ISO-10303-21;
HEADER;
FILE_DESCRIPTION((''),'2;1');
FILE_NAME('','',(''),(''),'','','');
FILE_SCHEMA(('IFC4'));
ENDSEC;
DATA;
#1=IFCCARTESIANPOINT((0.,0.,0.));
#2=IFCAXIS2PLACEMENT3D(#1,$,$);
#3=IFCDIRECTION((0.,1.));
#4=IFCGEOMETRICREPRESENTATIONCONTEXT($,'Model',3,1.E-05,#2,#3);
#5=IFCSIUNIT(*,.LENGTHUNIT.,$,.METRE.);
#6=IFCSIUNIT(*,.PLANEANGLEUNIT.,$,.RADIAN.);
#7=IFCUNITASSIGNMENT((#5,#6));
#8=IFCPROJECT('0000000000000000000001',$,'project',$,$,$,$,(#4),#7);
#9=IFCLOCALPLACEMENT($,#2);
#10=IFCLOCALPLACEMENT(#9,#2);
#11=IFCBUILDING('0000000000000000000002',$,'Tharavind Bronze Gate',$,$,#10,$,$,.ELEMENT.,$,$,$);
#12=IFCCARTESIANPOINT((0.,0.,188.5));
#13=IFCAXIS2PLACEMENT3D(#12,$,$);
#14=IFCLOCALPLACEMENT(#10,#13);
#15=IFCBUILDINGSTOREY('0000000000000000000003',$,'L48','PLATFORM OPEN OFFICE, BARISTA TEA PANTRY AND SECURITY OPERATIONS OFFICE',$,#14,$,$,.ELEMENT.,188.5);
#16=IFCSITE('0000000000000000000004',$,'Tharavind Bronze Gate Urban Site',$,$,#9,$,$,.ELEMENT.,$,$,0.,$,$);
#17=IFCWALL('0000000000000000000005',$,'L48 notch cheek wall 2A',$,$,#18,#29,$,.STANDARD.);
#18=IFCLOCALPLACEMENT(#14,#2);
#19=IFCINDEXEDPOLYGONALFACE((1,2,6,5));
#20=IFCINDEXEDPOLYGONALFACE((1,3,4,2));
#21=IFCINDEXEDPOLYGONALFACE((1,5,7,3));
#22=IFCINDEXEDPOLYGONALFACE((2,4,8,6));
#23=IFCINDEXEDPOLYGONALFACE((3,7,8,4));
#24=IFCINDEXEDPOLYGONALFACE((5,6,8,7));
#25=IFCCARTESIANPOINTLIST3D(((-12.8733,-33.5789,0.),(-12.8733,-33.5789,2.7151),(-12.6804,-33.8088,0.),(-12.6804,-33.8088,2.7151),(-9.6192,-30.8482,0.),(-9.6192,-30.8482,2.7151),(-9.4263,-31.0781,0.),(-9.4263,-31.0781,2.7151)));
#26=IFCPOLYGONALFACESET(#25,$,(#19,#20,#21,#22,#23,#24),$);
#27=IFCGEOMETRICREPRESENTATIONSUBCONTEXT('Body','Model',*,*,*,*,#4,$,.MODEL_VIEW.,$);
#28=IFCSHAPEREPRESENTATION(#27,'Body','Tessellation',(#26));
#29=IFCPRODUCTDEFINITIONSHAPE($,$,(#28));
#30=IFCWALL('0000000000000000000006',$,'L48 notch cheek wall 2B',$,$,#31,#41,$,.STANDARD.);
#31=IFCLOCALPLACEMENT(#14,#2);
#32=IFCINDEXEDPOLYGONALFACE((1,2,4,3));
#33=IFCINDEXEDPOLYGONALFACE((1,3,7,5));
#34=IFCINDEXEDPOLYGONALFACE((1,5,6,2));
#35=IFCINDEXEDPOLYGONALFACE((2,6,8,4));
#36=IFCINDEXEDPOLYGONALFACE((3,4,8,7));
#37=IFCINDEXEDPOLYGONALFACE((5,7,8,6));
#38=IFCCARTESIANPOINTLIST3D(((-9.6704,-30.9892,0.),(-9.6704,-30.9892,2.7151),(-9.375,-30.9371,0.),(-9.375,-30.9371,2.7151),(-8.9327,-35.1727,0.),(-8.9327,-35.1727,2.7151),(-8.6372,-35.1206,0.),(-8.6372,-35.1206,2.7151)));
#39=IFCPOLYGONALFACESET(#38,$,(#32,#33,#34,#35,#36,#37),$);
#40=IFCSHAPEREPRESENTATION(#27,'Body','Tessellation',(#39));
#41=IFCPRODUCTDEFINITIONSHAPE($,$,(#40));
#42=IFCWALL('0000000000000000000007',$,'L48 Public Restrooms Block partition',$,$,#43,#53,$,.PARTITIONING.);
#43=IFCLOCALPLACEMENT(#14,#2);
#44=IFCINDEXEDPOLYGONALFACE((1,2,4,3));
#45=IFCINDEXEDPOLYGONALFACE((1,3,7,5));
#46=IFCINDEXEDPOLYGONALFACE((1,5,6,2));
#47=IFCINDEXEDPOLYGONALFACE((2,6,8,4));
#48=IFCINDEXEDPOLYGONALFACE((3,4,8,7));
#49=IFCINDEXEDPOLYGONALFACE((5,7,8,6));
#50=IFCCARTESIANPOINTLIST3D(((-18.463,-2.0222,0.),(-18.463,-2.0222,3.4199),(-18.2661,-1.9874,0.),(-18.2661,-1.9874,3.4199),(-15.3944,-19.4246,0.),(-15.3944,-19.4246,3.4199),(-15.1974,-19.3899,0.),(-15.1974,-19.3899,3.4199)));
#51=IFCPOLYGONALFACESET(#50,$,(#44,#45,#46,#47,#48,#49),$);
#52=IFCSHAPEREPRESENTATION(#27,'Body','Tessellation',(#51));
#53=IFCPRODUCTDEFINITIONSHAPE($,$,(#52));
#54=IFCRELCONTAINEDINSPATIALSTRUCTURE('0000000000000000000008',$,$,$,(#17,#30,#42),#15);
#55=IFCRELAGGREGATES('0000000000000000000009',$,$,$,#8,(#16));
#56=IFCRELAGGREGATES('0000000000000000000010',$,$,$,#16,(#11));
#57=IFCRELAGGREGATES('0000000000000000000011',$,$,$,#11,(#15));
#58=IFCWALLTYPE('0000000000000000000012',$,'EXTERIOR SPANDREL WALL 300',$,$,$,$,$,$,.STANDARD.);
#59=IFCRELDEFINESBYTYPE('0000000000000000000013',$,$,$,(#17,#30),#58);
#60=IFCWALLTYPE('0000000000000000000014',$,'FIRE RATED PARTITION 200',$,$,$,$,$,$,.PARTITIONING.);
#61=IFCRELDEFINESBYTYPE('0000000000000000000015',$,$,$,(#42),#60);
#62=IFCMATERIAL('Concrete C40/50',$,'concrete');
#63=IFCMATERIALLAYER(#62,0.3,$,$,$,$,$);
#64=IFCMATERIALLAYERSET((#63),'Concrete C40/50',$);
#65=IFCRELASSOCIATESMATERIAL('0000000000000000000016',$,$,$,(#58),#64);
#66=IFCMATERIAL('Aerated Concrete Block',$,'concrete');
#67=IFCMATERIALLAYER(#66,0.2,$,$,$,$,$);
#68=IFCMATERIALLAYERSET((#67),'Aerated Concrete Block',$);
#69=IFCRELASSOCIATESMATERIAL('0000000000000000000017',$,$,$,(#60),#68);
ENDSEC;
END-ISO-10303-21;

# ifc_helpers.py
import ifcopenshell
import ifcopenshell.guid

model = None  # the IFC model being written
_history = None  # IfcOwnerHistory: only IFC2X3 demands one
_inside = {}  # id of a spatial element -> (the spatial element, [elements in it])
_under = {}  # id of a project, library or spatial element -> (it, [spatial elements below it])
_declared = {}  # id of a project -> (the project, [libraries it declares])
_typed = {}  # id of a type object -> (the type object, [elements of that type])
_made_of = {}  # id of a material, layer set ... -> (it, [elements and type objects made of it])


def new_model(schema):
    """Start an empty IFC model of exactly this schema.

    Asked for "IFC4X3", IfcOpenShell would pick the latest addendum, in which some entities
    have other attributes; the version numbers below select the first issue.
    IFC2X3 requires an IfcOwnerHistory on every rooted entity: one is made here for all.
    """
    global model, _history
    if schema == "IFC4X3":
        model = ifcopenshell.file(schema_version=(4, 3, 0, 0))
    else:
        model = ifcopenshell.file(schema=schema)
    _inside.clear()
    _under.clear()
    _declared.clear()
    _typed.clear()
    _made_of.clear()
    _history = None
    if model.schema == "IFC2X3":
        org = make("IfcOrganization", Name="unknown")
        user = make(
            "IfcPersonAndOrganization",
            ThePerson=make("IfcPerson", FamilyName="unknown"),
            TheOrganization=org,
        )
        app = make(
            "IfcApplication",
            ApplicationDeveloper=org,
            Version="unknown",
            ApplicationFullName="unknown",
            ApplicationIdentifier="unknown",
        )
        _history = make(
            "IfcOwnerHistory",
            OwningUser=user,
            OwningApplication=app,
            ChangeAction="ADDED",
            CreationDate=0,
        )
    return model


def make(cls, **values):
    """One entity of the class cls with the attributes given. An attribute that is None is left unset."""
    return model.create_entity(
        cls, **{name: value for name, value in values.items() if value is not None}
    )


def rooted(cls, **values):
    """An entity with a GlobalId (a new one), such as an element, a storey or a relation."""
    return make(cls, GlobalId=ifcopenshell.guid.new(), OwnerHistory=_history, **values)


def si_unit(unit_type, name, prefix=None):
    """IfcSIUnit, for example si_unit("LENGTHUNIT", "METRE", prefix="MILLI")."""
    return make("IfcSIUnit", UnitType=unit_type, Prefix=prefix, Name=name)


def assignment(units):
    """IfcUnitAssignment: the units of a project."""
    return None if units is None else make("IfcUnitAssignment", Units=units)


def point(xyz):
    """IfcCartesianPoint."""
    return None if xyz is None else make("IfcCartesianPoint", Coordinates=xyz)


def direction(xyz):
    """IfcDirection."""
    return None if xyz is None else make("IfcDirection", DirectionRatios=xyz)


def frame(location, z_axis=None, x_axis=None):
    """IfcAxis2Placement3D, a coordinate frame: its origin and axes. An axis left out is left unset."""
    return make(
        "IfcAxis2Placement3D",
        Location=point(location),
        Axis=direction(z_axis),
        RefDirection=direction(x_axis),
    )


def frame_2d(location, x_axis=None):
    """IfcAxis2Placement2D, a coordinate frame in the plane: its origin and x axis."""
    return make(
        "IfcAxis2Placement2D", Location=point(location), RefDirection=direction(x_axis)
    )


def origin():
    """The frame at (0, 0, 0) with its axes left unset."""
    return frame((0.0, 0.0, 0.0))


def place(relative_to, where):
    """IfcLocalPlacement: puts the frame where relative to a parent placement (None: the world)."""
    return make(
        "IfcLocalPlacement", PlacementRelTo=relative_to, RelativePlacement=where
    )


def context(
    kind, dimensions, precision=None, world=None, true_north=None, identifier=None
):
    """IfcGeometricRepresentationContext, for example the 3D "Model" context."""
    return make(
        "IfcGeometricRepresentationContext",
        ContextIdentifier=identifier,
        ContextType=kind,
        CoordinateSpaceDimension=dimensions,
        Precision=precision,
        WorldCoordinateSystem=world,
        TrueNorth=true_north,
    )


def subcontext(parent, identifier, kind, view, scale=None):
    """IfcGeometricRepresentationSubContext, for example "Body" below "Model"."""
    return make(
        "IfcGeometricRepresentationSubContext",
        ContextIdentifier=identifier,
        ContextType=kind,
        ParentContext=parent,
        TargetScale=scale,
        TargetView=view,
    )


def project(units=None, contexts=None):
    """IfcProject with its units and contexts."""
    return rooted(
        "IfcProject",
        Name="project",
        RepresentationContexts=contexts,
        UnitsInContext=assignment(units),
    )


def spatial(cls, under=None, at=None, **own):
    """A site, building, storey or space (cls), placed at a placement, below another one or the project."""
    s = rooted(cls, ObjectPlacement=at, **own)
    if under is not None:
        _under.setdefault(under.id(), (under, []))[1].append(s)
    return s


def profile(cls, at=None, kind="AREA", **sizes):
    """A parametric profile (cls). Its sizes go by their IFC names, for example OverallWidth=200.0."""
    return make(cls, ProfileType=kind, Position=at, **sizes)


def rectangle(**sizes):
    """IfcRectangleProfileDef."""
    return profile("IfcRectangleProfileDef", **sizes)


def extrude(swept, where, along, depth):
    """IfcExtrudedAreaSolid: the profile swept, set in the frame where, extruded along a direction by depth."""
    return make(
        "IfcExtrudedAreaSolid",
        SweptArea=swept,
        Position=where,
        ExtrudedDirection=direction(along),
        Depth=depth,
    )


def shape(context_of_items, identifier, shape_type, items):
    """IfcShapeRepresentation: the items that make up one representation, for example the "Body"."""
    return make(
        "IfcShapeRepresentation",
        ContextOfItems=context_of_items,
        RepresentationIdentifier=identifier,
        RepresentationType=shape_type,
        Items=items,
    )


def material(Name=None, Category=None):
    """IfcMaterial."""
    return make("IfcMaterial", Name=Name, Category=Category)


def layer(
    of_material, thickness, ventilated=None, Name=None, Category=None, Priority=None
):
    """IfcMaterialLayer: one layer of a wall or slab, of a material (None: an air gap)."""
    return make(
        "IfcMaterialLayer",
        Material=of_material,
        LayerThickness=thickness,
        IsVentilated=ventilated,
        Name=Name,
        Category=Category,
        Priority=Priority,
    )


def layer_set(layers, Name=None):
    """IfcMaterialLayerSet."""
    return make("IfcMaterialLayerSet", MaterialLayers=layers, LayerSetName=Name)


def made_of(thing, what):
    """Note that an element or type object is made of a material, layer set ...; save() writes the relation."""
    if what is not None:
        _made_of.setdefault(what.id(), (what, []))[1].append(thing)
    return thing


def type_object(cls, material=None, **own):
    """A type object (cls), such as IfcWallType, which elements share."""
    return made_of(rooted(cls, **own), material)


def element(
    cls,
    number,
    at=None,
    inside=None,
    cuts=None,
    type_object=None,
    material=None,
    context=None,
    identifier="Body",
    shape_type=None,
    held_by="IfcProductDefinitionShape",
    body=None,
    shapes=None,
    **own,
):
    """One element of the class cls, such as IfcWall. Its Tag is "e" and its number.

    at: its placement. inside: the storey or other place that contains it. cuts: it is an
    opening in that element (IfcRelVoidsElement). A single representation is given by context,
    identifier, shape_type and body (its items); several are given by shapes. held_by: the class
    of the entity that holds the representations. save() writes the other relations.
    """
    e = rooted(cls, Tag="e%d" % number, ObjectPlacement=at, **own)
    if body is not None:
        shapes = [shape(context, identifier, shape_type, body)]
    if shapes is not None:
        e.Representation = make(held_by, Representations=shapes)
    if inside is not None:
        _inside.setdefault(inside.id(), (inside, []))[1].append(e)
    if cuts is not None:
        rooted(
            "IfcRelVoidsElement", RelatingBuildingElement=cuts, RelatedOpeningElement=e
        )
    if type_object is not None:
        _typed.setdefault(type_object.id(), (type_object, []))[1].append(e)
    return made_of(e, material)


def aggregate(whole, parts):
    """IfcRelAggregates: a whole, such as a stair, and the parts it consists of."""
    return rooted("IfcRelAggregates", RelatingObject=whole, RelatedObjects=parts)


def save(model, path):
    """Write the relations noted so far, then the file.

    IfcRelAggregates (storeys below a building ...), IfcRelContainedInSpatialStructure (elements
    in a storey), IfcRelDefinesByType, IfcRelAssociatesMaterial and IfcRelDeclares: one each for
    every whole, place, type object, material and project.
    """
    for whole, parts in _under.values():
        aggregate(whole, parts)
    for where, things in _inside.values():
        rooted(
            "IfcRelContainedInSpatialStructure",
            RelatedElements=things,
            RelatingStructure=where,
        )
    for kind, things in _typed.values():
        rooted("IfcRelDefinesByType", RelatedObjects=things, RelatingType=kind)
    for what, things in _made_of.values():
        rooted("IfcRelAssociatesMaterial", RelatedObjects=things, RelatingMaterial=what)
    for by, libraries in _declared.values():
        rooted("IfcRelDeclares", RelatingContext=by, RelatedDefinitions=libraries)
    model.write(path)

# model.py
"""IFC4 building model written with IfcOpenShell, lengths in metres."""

from ifc_helpers import new_model, si_unit, direction, frame, frame_2d, origin, place, context, subcontext, project, spatial, rectangle, extrude, material, layer, layer_set, type_object, element, save


model = new_model("IFC4")

# Units and contexts
model_context = context("Model", 3, precision=1e-05, world=origin(), true_north=direction((0.0, 1.0)))
body_context = subcontext(model_context, "Body", "Model", "MODEL_VIEW")
ifc_project = project(units=[si_unit("LENGTHUNIT", "METRE"), si_unit("PLANEANGLEUNIT", "RADIAN")], contexts=[model_context])

# Site, building, storey
site_placement = place(None, origin())
site = spatial("IfcSite", under=ifc_project, at=site_placement, Name="Tharavind Bronze Gate Urban Site", CompositionType="ELEMENT", RefElevation=0.0)
building_placement = place(site_placement, origin())
building = spatial("IfcBuilding", under=site, at=building_placement, Name="Tharavind Bronze Gate", CompositionType="ELEMENT")
storey_placement = place(building_placement, frame((0.0, 0.0, 188.5)))
storey = spatial("IfcBuildingStorey", under=building, at=storey_placement, Name="L48", Description="PLATFORM OPEN OFFICE, BARISTA TEA PANTRY AND SECURITY OPERATIONS OFFICE", CompositionType="ELEMENT", Elevation=188.5)

# Walls
ifc_material_1 = material(Name="Concrete C40/50", Category="concrete")
ifc_layer_1 = layer(ifc_material_1, 0.3)
ifc_layer_set_1 = layer_set([ifc_layer_1], Name="Concrete C40/50")
wall_type_1 = type_object("IfcWallType", Name="EXTERIOR SPANDREL WALL 300", PredefinedType="STANDARD", material=ifc_layer_set_1)
for number, where, z_axis, x_axis, name in (
    (1, (-12.7769, -33.6938, 0.0), (0.0, 0.0, 1.0), (0.766026, 0.642809, 0.0), "L48 notch cheek wall 2A"),
    (2, (-9.5227, -30.9631, 0.0), (0.0, 0.0, 1.0), (0.173674, -0.984803, 0.0), "L48 notch cheek wall 2B"),
):
    element("IfcWall", number, at=place(storey_placement, frame(where, z_axis=z_axis, x_axis=x_axis)), inside=storey, type_object=wall_type_1, Name=name, PredefinedType="STANDARD", context=body_context, shape_type="SweptSolid", body=[
        extrude(rectangle(XDim=4.248, YDim=0.3, at=frame_2d((2.124, 0.0))), origin(), (0.0, 0.0, 1.0), 2.7151),
    ])
ifc_material_2 = material(Name="Aerated Concrete Block", Category="concrete")
ifc_layer_2 = layer(ifc_material_2, 0.2)
ifc_layer_set_2 = layer_set([ifc_layer_2], Name="Aerated Concrete Block")
wall_type_2 = type_object("IfcWallType", Name="FIRE RATED PARTITION 200", PredefinedType="PARTITIONING", material=ifc_layer_set_2)
wall_placement = place(storey_placement, frame((-15.2959, -19.4072, 0.0), z_axis=(0.0, 0.0, 1.0), x_axis=(-0.173654, 0.984807, 0.0)))
element("IfcWall", 3, at=wall_placement, inside=storey, type_object=wall_type_2, Name="L48 Public Restrooms Block partition", PredefinedType="PARTITIONING", context=body_context, shape_type="SweptSolid", body=[
    extrude(rectangle(XDim=17.6709, YDim=0.2, at=frame_2d((8.8354, 0.0))), origin(), (0.0, 0.0, 1.0), 3.4199),
])

save(model, "model.ifc")
